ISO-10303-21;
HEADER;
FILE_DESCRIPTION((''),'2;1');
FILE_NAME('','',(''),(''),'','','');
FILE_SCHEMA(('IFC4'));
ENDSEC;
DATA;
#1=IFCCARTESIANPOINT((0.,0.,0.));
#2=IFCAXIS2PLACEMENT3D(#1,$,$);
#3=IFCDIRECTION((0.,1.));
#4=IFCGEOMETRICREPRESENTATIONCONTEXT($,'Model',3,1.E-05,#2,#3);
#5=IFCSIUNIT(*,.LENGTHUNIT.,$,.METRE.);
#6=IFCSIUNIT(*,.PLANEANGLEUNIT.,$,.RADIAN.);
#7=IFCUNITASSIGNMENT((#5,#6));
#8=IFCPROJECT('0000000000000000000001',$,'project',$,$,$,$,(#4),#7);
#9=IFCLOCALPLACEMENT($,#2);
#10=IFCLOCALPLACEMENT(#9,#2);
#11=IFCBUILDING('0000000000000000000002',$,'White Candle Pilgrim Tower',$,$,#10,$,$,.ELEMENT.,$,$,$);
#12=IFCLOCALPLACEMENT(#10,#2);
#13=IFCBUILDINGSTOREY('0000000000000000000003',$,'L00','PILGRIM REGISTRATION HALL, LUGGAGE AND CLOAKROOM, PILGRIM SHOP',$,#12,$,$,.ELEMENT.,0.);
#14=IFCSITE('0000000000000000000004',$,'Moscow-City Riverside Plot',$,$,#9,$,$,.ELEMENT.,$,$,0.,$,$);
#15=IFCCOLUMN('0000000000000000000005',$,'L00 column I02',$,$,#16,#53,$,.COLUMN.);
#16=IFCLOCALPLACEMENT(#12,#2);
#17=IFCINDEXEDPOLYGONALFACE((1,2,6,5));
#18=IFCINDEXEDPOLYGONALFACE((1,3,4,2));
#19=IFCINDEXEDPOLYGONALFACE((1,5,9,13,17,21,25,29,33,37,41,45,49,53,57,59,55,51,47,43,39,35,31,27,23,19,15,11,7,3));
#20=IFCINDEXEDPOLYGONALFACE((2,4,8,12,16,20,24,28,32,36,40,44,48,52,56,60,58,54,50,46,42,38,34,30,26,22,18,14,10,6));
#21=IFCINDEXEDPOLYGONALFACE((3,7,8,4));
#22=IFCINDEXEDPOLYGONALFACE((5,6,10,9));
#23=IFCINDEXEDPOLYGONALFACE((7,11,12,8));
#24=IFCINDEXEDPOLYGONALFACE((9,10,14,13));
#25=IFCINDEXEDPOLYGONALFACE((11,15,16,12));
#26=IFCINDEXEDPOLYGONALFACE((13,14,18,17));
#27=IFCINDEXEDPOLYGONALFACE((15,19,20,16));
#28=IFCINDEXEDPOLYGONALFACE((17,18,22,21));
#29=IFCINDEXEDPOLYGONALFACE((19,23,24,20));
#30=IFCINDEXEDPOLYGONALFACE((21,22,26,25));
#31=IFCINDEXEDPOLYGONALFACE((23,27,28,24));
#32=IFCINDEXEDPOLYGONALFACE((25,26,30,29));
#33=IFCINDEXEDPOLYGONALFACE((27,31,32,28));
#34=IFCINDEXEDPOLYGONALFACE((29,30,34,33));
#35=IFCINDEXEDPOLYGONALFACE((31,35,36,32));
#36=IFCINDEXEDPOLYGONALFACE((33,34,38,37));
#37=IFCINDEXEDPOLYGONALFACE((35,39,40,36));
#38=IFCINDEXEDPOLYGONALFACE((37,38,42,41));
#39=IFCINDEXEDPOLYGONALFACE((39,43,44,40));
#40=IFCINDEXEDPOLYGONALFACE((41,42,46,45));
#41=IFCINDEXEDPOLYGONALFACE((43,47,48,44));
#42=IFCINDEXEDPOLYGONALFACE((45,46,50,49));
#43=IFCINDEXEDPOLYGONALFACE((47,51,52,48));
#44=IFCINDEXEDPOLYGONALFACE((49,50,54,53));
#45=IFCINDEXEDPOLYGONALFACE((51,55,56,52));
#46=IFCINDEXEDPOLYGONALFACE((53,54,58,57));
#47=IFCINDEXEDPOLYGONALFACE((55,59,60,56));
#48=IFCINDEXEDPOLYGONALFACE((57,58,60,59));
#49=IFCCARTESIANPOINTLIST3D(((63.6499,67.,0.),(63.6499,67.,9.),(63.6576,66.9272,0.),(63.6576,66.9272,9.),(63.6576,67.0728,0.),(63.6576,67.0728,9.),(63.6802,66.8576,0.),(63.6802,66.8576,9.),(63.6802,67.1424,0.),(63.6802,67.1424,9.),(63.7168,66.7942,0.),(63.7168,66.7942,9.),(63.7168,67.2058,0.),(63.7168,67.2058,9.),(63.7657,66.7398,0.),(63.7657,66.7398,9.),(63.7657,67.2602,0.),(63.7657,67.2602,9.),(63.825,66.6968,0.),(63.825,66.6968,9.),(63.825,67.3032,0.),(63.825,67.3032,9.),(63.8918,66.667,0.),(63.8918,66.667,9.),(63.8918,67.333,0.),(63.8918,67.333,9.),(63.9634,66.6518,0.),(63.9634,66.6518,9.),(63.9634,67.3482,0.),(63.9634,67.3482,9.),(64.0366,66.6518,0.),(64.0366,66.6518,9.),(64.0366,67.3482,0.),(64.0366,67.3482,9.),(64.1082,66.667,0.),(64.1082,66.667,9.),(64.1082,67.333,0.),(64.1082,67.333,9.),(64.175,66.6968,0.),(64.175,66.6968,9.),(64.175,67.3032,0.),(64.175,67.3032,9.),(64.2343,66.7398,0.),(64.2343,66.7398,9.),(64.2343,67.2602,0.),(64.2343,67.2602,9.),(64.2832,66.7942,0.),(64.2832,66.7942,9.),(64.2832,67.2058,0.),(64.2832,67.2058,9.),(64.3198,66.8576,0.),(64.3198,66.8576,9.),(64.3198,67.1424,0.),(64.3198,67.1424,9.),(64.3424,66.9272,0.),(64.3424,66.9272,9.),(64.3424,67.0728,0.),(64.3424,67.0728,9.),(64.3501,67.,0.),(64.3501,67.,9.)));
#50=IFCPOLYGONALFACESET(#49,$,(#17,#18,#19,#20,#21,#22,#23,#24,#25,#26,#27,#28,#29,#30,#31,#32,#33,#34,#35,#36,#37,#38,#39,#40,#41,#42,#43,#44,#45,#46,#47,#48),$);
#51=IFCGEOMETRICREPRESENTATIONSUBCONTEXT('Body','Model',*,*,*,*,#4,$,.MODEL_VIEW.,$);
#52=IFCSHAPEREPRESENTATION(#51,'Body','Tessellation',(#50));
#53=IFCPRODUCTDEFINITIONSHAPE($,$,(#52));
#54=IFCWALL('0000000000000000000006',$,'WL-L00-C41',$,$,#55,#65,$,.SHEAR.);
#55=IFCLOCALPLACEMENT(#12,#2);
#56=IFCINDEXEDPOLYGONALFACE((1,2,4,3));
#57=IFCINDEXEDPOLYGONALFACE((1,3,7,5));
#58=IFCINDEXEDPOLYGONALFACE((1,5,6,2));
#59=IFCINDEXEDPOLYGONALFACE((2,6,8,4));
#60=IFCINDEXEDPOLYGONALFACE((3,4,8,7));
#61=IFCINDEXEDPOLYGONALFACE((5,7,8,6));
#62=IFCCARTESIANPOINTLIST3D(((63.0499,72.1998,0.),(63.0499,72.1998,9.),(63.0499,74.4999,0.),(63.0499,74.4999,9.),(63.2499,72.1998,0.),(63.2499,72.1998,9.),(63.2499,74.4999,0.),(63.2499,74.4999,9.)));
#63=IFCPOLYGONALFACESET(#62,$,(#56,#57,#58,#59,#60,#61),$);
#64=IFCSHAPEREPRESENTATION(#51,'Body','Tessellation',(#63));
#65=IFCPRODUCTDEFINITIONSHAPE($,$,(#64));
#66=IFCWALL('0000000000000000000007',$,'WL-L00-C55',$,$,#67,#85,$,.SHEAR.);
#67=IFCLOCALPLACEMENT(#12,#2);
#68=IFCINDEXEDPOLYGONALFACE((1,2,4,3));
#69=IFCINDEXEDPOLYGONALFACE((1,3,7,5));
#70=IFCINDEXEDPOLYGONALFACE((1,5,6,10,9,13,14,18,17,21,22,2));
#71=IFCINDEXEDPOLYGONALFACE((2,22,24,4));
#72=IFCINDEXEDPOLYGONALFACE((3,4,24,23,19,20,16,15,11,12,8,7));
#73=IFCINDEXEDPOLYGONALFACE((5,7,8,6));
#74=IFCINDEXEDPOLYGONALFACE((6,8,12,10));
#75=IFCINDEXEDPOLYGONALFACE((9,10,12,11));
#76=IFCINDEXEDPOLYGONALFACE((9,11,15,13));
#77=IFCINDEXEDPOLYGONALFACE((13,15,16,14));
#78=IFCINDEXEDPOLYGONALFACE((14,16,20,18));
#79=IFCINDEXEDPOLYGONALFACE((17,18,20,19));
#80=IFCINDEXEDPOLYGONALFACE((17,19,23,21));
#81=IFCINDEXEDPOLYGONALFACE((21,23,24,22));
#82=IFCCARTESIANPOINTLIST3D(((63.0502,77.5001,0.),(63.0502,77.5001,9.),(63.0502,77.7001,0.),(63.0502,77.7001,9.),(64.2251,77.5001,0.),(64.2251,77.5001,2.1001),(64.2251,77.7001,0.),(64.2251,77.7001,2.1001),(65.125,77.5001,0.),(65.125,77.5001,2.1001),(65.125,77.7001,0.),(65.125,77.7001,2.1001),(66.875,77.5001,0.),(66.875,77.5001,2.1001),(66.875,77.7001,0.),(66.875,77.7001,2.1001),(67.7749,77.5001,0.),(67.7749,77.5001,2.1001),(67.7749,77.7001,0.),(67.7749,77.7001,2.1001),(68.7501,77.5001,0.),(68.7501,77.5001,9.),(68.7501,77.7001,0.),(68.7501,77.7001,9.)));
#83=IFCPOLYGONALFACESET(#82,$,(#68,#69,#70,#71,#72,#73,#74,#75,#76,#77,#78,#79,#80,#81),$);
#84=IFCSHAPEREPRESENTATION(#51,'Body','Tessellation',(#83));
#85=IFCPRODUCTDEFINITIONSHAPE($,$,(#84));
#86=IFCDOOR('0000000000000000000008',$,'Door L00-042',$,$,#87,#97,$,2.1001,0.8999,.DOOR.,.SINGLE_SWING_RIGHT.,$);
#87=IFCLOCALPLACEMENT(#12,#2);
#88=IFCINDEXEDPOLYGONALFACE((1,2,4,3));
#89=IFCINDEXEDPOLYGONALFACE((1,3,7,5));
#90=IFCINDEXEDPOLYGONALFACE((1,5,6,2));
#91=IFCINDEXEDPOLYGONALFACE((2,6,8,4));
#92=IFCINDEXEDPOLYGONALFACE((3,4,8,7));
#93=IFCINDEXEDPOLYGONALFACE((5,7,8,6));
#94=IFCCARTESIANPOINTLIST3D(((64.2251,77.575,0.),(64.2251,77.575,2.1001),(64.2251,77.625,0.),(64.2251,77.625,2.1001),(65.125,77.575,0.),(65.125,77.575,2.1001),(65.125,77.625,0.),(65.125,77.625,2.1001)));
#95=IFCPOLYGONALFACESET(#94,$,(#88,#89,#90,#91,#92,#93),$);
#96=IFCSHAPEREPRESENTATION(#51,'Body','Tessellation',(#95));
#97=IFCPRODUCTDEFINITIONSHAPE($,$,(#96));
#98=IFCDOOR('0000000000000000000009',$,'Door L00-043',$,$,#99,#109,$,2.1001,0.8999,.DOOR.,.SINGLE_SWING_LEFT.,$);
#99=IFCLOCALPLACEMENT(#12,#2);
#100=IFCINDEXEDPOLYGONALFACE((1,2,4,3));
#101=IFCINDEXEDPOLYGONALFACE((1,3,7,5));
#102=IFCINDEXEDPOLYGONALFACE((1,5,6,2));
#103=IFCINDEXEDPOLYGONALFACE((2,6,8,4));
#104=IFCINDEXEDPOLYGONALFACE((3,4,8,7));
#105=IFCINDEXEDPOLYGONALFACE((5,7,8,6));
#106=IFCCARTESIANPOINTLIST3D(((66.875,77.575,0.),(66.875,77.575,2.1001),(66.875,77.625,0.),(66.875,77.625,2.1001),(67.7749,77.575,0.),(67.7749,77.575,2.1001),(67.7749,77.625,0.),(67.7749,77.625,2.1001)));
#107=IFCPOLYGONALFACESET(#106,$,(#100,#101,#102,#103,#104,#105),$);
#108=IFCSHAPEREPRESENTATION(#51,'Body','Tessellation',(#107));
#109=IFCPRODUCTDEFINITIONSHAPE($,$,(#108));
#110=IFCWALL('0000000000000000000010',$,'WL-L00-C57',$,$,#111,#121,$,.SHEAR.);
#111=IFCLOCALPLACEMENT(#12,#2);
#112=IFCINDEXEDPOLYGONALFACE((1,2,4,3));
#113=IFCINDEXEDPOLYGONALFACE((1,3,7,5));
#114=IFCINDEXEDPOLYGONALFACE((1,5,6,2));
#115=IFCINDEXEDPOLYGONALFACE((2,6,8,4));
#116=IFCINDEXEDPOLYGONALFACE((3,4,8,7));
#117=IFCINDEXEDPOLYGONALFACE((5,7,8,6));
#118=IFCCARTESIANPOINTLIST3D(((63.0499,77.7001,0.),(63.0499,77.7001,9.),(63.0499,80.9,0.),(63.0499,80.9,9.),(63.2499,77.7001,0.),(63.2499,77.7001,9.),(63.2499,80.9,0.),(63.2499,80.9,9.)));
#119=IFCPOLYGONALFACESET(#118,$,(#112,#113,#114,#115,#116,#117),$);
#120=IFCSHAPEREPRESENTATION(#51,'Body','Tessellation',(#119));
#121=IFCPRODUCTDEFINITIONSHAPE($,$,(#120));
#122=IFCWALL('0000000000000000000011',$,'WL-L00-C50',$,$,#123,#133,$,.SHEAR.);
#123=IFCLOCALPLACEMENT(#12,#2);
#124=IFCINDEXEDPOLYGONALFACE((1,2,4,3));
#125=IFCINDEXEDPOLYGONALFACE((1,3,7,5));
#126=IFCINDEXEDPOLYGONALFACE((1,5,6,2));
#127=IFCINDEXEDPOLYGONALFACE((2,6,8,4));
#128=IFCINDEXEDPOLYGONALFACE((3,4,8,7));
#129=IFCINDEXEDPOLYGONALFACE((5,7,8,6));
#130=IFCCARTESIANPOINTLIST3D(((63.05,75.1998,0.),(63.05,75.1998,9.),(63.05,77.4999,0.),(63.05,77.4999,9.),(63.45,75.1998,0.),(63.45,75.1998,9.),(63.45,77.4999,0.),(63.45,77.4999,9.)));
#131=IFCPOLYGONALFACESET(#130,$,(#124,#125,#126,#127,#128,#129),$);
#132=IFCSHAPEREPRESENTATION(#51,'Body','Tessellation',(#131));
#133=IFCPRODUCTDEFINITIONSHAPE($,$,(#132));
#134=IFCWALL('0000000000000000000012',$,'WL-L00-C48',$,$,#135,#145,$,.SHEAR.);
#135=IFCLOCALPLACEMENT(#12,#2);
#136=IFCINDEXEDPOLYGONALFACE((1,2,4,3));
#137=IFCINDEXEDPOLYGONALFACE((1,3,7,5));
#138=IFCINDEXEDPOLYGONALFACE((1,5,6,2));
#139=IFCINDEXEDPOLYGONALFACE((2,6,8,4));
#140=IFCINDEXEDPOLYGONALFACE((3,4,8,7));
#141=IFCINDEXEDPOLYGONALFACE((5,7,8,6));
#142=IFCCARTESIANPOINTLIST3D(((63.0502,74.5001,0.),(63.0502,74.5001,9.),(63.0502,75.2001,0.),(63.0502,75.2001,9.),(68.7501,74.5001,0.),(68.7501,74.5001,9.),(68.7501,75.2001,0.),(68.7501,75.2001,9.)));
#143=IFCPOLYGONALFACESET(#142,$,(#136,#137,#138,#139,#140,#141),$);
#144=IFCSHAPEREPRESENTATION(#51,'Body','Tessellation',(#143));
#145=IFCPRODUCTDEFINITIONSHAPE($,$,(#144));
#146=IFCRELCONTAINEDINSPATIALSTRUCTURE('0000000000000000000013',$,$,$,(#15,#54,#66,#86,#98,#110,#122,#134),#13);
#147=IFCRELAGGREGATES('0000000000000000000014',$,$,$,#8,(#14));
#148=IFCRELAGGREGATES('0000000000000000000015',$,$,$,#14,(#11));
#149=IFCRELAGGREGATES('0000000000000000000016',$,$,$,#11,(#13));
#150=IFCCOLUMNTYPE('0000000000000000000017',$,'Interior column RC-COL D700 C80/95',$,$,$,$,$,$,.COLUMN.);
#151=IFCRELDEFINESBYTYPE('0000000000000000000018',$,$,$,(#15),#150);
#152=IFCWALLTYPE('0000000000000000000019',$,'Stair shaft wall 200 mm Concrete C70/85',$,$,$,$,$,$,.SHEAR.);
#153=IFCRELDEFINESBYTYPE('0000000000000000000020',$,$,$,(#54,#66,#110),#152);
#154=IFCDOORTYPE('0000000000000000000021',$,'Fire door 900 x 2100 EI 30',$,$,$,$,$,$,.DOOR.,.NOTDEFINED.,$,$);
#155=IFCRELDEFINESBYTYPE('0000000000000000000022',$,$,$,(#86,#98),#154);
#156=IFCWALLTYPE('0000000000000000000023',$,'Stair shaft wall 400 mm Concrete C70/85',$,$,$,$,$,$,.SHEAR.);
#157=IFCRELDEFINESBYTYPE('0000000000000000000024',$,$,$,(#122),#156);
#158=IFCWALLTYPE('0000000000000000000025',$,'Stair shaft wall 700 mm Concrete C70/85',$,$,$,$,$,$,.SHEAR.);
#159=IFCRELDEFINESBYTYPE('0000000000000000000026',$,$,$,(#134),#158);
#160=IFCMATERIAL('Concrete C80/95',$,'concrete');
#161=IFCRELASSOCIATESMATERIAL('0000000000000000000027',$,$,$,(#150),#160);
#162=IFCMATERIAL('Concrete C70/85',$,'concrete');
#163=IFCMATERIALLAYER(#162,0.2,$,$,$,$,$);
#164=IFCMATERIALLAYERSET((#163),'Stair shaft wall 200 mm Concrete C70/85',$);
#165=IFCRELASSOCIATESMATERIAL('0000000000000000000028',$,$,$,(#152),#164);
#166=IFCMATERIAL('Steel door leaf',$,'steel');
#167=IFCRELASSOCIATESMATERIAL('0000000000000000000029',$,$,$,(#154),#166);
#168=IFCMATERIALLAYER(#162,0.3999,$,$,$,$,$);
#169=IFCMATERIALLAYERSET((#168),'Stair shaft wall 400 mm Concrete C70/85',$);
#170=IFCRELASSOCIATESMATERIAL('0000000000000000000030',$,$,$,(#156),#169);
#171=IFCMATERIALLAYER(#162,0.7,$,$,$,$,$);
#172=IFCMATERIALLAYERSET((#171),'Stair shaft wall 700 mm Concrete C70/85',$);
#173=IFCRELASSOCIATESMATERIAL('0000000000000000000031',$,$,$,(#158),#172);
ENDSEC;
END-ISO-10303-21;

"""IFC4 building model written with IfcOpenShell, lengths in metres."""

from ifc_helpers import new_model, si_unit, direction, frame, frame_2d, origin, origin_2d, place, context, subcontext, project, spatial, rectangle, circle, extrude, material, layer, layer_set, material_profile, profile_set, type_object, element, fill, save


model = new_model("IFC4")

# Units and contexts
model_context = context("Model", 3, precision=1e-05, world=origin(), true_north=direction((0.0, 1.0)))
body_context = subcontext(model_context, "Body", "Model", "MODEL_VIEW")
ifc_project = project(units=[si_unit("LENGTHUNIT", "METRE"), si_unit("PLANEANGLEUNIT", "RADIAN")], contexts=[model_context])

# Site, building, storey
site_placement = place(None, origin())
site = spatial("IfcSite", under=ifc_project, at=site_placement, Name="Moscow-City Riverside Plot", CompositionType="ELEMENT", RefElevation=0.0)
building_placement = place(site_placement, origin())
building = spatial("IfcBuilding", under=site, at=building_placement, Name="White Candle Pilgrim Tower", CompositionType="ELEMENT")
storey_placement = place(building_placement, origin())
storey = spatial("IfcBuildingStorey", under=building, at=storey_placement, Name="L00", Description="PILGRIM REGISTRATION HALL, LUGGAGE AND CLOAKROOM, PILGRIM SHOP", CompositionType="ELEMENT", Elevation=0.0)

# Column
ifc_material_1 = material(Name="Concrete C80/95", Category="concrete")
ifc_material_profile = material_profile(ifc_material_1, circle(Radius=0.3501, at=origin_2d()), Name="RC-COL D700")
ifc_profile_set = profile_set([ifc_material_profile], Name="Concrete C80/95")
column_type = type_object("IfcColumnType", Name="Interior column RC-COL D700 C80/95", PredefinedType="COLUMN", material=ifc_profile_set)
column_placement = place(storey_placement, frame((64.0, 67.0, 0.0), z_axis=(0.0, 0.0, 1.0), x_axis=(1.0, 0.0, 0.0)))
element("IfcColumn", 1, at=column_placement, inside=storey, type_object=column_type, Name="L00 column I02", PredefinedType="COLUMN", context=body_context, shape_type="SweptSolid", body=[
    extrude(circle(Radius=0.3501, at=origin_2d()), origin(), (0.0, 0.0, 1.0), 9.0),
])

# Wall
ifc_material_2 = material(Name="Concrete C70/85", Category="concrete")
ifc_layer_1 = layer(ifc_material_2, 0.2)
ifc_layer_set_1 = layer_set([ifc_layer_1], Name="Stair shaft wall 200 mm Concrete C70/85")
wall_type_1 = type_object("IfcWallType", Name="Stair shaft wall 200 mm Concrete C70/85", PredefinedType="SHEAR", material=ifc_layer_set_1)
wall_1_placement = place(storey_placement, frame((63.1499, 72.2, 0.0), z_axis=(0.0, 0.0, 1.0), x_axis=(0.0, 1.0, 0.0)))
element("IfcWall", 2, at=wall_1_placement, inside=storey, type_object=wall_type_1, Name="WL-L00-C41", PredefinedType="SHEAR", context=body_context, shape_type="SweptSolid", body=[
    extrude(rectangle(XDim=2.3, YDim=0.2, at=frame_2d((1.1499, 0.0))), origin(), (0.0, 0.0, 1.0), 9.0),
])

# Wall, openings, doors
wall_2_placement = place(storey_placement, frame((63.05, 77.6001, 0.0), z_axis=(0.0, 0.0, 1.0), x_axis=(1.0, 0.0, 0.0)))
wall_2 = element("IfcWall", 3, at=wall_2_placement, inside=storey, type_object=wall_type_1, Name="WL-L00-C55", PredefinedType="SHEAR", context=body_context, shape_type="SweptSolid", body=[
    extrude(rectangle(XDim=5.7, YDim=0.2, at=frame_2d((2.8501, 0.0))), origin(), (0.0, 0.0, 1.0), 9.0),
])
opening_1_placement = place(wall_2_placement, frame((1.175, 0.0, 0.0)))
opening_1 = element("IfcOpeningElement", 4, at=opening_1_placement, cuts=wall_2, PredefinedType="OPENING", context=body_context, shape_type="SweptSolid", body=[
    extrude(rectangle(XDim=0.8999, YDim=2.1001, at=frame_2d((0.45, 1.05))), frame((0.0, 0.1099, 0.0), z_axis=(0.0, -1.0, 0.0), x_axis=(1.0, 0.0, 0.0)), (0.0, 0.0, 1.0), 0.22),
])
opening_2_placement = place(wall_2_placement, frame((3.825, 0.0, 0.0)))
opening_2 = element("IfcOpeningElement", 5, at=opening_2_placement, cuts=wall_2, PredefinedType="OPENING", context=body_context, shape_type="SweptSolid", body=[
    extrude(rectangle(XDim=0.8999, YDim=2.1001, at=frame_2d((0.45, 1.05))), frame((0.0, 0.1099, 0.0), z_axis=(0.0, -1.0, 0.0), x_axis=(1.0, 0.0, 0.0)), (0.0, 0.0, 1.0), 0.22),
])
ifc_material_3 = material(Name="Steel door leaf", Category="steel")
door_type = type_object("IfcDoorType", Name="Fire door 900 x 2100 EI 30", OperationType="NOTDEFINED", PredefinedType="DOOR", material=ifc_material_3)
door_1_placement = place(opening_1_placement, origin())
door_1 = element("IfcDoor", 6, at=door_1_placement, inside=storey, type_object=door_type, Name="Door L00-042", OperationType="SINGLE_SWING_RIGHT", OverallHeight=2.1001, OverallWidth=0.8999, PredefinedType="DOOR", context=body_context, shape_type="SweptSolid", body=[
    extrude(rectangle(XDim=0.8999, YDim=2.1001, at=frame_2d((0.45, 1.05))), frame((0.0, 0.0249, 0.0), z_axis=(0.0, -1.0, 0.0), x_axis=(1.0, 0.0, 0.0)), (0.0, 0.0, 1.0), 0.05),
])
fill(opening_1, door_1)
door_2_placement = place(opening_2_placement, origin())
door_2 = element("IfcDoor", 7, at=door_2_placement, inside=storey, type_object=door_type, Name="Door L00-043", OperationType="SINGLE_SWING_LEFT", OverallHeight=2.1001, OverallWidth=0.8999, PredefinedType="DOOR", context=body_context, shape_type="SweptSolid", body=[
    extrude(rectangle(XDim=0.8999, YDim=2.1001, at=frame_2d((0.45, 1.05))), frame((0.0, 0.0249, 0.0), z_axis=(0.0, -1.0, 0.0), x_axis=(1.0, 0.0, 0.0)), (0.0, 0.0, 1.0), 0.05),
])
fill(opening_2, door_2)

# Walls
wall_3_placement = place(storey_placement, frame((63.1499, 77.7, 0.0), z_axis=(0.0, 0.0, 1.0), x_axis=(0.0, 1.0, 0.0)))
element("IfcWall", 8, at=wall_3_placement, inside=storey, type_object=wall_type_1, Name="WL-L00-C57", PredefinedType="SHEAR", context=body_context, shape_type="SweptSolid", body=[
    extrude(rectangle(XDim=3.2, YDim=0.2, at=frame_2d((1.6001, 0.0))), origin(), (0.0, 0.0, 1.0), 9.0),
])
ifc_layer_2 = layer(ifc_material_2, 0.3999)
ifc_layer_set_2 = layer_set([ifc_layer_2], Name="Stair shaft wall 400 mm Concrete C70/85")
wall_type_2 = type_object("IfcWallType", Name="Stair shaft wall 400 mm Concrete C70/85", PredefinedType="SHEAR", material=ifc_layer_set_2)
wall_4_placement = place(storey_placement, frame((63.25, 75.2, 0.0), z_axis=(0.0, 0.0, 1.0), x_axis=(0.0, 1.0, 0.0)))
element("IfcWall", 9, at=wall_4_placement, inside=storey, type_object=wall_type_2, Name="WL-L00-C50", PredefinedType="SHEAR", context=body_context, shape_type="SweptSolid", body=[
    extrude(rectangle(XDim=2.3, YDim=0.3999, at=frame_2d((1.1499, 0.0))), origin(), (0.0, 0.0, 1.0), 9.0),
])
ifc_layer_3 = layer(ifc_material_2, 0.7)
ifc_layer_set_3 = layer_set([ifc_layer_3], Name="Stair shaft wall 700 mm Concrete C70/85")
wall_type_3 = type_object("IfcWallType", Name="Stair shaft wall 700 mm Concrete C70/85", PredefinedType="SHEAR", material=ifc_layer_set_3)
wall_5_placement = place(storey_placement, frame((63.05, 74.8501, 0.0), z_axis=(0.0, 0.0, 1.0), x_axis=(1.0, 0.0, 0.0)))
element("IfcWall", 10, at=wall_5_placement, inside=storey, type_object=wall_type_3, Name="WL-L00-C48", PredefinedType="SHEAR", context=body_context, shape_type="SweptSolid", body=[
    extrude(rectangle(XDim=5.7, YDim=0.7, at=frame_2d((2.8501, 0.0))), origin(), (0.0, 0.0, 1.0), 9.0),
])

save(model, "model.ifc")
